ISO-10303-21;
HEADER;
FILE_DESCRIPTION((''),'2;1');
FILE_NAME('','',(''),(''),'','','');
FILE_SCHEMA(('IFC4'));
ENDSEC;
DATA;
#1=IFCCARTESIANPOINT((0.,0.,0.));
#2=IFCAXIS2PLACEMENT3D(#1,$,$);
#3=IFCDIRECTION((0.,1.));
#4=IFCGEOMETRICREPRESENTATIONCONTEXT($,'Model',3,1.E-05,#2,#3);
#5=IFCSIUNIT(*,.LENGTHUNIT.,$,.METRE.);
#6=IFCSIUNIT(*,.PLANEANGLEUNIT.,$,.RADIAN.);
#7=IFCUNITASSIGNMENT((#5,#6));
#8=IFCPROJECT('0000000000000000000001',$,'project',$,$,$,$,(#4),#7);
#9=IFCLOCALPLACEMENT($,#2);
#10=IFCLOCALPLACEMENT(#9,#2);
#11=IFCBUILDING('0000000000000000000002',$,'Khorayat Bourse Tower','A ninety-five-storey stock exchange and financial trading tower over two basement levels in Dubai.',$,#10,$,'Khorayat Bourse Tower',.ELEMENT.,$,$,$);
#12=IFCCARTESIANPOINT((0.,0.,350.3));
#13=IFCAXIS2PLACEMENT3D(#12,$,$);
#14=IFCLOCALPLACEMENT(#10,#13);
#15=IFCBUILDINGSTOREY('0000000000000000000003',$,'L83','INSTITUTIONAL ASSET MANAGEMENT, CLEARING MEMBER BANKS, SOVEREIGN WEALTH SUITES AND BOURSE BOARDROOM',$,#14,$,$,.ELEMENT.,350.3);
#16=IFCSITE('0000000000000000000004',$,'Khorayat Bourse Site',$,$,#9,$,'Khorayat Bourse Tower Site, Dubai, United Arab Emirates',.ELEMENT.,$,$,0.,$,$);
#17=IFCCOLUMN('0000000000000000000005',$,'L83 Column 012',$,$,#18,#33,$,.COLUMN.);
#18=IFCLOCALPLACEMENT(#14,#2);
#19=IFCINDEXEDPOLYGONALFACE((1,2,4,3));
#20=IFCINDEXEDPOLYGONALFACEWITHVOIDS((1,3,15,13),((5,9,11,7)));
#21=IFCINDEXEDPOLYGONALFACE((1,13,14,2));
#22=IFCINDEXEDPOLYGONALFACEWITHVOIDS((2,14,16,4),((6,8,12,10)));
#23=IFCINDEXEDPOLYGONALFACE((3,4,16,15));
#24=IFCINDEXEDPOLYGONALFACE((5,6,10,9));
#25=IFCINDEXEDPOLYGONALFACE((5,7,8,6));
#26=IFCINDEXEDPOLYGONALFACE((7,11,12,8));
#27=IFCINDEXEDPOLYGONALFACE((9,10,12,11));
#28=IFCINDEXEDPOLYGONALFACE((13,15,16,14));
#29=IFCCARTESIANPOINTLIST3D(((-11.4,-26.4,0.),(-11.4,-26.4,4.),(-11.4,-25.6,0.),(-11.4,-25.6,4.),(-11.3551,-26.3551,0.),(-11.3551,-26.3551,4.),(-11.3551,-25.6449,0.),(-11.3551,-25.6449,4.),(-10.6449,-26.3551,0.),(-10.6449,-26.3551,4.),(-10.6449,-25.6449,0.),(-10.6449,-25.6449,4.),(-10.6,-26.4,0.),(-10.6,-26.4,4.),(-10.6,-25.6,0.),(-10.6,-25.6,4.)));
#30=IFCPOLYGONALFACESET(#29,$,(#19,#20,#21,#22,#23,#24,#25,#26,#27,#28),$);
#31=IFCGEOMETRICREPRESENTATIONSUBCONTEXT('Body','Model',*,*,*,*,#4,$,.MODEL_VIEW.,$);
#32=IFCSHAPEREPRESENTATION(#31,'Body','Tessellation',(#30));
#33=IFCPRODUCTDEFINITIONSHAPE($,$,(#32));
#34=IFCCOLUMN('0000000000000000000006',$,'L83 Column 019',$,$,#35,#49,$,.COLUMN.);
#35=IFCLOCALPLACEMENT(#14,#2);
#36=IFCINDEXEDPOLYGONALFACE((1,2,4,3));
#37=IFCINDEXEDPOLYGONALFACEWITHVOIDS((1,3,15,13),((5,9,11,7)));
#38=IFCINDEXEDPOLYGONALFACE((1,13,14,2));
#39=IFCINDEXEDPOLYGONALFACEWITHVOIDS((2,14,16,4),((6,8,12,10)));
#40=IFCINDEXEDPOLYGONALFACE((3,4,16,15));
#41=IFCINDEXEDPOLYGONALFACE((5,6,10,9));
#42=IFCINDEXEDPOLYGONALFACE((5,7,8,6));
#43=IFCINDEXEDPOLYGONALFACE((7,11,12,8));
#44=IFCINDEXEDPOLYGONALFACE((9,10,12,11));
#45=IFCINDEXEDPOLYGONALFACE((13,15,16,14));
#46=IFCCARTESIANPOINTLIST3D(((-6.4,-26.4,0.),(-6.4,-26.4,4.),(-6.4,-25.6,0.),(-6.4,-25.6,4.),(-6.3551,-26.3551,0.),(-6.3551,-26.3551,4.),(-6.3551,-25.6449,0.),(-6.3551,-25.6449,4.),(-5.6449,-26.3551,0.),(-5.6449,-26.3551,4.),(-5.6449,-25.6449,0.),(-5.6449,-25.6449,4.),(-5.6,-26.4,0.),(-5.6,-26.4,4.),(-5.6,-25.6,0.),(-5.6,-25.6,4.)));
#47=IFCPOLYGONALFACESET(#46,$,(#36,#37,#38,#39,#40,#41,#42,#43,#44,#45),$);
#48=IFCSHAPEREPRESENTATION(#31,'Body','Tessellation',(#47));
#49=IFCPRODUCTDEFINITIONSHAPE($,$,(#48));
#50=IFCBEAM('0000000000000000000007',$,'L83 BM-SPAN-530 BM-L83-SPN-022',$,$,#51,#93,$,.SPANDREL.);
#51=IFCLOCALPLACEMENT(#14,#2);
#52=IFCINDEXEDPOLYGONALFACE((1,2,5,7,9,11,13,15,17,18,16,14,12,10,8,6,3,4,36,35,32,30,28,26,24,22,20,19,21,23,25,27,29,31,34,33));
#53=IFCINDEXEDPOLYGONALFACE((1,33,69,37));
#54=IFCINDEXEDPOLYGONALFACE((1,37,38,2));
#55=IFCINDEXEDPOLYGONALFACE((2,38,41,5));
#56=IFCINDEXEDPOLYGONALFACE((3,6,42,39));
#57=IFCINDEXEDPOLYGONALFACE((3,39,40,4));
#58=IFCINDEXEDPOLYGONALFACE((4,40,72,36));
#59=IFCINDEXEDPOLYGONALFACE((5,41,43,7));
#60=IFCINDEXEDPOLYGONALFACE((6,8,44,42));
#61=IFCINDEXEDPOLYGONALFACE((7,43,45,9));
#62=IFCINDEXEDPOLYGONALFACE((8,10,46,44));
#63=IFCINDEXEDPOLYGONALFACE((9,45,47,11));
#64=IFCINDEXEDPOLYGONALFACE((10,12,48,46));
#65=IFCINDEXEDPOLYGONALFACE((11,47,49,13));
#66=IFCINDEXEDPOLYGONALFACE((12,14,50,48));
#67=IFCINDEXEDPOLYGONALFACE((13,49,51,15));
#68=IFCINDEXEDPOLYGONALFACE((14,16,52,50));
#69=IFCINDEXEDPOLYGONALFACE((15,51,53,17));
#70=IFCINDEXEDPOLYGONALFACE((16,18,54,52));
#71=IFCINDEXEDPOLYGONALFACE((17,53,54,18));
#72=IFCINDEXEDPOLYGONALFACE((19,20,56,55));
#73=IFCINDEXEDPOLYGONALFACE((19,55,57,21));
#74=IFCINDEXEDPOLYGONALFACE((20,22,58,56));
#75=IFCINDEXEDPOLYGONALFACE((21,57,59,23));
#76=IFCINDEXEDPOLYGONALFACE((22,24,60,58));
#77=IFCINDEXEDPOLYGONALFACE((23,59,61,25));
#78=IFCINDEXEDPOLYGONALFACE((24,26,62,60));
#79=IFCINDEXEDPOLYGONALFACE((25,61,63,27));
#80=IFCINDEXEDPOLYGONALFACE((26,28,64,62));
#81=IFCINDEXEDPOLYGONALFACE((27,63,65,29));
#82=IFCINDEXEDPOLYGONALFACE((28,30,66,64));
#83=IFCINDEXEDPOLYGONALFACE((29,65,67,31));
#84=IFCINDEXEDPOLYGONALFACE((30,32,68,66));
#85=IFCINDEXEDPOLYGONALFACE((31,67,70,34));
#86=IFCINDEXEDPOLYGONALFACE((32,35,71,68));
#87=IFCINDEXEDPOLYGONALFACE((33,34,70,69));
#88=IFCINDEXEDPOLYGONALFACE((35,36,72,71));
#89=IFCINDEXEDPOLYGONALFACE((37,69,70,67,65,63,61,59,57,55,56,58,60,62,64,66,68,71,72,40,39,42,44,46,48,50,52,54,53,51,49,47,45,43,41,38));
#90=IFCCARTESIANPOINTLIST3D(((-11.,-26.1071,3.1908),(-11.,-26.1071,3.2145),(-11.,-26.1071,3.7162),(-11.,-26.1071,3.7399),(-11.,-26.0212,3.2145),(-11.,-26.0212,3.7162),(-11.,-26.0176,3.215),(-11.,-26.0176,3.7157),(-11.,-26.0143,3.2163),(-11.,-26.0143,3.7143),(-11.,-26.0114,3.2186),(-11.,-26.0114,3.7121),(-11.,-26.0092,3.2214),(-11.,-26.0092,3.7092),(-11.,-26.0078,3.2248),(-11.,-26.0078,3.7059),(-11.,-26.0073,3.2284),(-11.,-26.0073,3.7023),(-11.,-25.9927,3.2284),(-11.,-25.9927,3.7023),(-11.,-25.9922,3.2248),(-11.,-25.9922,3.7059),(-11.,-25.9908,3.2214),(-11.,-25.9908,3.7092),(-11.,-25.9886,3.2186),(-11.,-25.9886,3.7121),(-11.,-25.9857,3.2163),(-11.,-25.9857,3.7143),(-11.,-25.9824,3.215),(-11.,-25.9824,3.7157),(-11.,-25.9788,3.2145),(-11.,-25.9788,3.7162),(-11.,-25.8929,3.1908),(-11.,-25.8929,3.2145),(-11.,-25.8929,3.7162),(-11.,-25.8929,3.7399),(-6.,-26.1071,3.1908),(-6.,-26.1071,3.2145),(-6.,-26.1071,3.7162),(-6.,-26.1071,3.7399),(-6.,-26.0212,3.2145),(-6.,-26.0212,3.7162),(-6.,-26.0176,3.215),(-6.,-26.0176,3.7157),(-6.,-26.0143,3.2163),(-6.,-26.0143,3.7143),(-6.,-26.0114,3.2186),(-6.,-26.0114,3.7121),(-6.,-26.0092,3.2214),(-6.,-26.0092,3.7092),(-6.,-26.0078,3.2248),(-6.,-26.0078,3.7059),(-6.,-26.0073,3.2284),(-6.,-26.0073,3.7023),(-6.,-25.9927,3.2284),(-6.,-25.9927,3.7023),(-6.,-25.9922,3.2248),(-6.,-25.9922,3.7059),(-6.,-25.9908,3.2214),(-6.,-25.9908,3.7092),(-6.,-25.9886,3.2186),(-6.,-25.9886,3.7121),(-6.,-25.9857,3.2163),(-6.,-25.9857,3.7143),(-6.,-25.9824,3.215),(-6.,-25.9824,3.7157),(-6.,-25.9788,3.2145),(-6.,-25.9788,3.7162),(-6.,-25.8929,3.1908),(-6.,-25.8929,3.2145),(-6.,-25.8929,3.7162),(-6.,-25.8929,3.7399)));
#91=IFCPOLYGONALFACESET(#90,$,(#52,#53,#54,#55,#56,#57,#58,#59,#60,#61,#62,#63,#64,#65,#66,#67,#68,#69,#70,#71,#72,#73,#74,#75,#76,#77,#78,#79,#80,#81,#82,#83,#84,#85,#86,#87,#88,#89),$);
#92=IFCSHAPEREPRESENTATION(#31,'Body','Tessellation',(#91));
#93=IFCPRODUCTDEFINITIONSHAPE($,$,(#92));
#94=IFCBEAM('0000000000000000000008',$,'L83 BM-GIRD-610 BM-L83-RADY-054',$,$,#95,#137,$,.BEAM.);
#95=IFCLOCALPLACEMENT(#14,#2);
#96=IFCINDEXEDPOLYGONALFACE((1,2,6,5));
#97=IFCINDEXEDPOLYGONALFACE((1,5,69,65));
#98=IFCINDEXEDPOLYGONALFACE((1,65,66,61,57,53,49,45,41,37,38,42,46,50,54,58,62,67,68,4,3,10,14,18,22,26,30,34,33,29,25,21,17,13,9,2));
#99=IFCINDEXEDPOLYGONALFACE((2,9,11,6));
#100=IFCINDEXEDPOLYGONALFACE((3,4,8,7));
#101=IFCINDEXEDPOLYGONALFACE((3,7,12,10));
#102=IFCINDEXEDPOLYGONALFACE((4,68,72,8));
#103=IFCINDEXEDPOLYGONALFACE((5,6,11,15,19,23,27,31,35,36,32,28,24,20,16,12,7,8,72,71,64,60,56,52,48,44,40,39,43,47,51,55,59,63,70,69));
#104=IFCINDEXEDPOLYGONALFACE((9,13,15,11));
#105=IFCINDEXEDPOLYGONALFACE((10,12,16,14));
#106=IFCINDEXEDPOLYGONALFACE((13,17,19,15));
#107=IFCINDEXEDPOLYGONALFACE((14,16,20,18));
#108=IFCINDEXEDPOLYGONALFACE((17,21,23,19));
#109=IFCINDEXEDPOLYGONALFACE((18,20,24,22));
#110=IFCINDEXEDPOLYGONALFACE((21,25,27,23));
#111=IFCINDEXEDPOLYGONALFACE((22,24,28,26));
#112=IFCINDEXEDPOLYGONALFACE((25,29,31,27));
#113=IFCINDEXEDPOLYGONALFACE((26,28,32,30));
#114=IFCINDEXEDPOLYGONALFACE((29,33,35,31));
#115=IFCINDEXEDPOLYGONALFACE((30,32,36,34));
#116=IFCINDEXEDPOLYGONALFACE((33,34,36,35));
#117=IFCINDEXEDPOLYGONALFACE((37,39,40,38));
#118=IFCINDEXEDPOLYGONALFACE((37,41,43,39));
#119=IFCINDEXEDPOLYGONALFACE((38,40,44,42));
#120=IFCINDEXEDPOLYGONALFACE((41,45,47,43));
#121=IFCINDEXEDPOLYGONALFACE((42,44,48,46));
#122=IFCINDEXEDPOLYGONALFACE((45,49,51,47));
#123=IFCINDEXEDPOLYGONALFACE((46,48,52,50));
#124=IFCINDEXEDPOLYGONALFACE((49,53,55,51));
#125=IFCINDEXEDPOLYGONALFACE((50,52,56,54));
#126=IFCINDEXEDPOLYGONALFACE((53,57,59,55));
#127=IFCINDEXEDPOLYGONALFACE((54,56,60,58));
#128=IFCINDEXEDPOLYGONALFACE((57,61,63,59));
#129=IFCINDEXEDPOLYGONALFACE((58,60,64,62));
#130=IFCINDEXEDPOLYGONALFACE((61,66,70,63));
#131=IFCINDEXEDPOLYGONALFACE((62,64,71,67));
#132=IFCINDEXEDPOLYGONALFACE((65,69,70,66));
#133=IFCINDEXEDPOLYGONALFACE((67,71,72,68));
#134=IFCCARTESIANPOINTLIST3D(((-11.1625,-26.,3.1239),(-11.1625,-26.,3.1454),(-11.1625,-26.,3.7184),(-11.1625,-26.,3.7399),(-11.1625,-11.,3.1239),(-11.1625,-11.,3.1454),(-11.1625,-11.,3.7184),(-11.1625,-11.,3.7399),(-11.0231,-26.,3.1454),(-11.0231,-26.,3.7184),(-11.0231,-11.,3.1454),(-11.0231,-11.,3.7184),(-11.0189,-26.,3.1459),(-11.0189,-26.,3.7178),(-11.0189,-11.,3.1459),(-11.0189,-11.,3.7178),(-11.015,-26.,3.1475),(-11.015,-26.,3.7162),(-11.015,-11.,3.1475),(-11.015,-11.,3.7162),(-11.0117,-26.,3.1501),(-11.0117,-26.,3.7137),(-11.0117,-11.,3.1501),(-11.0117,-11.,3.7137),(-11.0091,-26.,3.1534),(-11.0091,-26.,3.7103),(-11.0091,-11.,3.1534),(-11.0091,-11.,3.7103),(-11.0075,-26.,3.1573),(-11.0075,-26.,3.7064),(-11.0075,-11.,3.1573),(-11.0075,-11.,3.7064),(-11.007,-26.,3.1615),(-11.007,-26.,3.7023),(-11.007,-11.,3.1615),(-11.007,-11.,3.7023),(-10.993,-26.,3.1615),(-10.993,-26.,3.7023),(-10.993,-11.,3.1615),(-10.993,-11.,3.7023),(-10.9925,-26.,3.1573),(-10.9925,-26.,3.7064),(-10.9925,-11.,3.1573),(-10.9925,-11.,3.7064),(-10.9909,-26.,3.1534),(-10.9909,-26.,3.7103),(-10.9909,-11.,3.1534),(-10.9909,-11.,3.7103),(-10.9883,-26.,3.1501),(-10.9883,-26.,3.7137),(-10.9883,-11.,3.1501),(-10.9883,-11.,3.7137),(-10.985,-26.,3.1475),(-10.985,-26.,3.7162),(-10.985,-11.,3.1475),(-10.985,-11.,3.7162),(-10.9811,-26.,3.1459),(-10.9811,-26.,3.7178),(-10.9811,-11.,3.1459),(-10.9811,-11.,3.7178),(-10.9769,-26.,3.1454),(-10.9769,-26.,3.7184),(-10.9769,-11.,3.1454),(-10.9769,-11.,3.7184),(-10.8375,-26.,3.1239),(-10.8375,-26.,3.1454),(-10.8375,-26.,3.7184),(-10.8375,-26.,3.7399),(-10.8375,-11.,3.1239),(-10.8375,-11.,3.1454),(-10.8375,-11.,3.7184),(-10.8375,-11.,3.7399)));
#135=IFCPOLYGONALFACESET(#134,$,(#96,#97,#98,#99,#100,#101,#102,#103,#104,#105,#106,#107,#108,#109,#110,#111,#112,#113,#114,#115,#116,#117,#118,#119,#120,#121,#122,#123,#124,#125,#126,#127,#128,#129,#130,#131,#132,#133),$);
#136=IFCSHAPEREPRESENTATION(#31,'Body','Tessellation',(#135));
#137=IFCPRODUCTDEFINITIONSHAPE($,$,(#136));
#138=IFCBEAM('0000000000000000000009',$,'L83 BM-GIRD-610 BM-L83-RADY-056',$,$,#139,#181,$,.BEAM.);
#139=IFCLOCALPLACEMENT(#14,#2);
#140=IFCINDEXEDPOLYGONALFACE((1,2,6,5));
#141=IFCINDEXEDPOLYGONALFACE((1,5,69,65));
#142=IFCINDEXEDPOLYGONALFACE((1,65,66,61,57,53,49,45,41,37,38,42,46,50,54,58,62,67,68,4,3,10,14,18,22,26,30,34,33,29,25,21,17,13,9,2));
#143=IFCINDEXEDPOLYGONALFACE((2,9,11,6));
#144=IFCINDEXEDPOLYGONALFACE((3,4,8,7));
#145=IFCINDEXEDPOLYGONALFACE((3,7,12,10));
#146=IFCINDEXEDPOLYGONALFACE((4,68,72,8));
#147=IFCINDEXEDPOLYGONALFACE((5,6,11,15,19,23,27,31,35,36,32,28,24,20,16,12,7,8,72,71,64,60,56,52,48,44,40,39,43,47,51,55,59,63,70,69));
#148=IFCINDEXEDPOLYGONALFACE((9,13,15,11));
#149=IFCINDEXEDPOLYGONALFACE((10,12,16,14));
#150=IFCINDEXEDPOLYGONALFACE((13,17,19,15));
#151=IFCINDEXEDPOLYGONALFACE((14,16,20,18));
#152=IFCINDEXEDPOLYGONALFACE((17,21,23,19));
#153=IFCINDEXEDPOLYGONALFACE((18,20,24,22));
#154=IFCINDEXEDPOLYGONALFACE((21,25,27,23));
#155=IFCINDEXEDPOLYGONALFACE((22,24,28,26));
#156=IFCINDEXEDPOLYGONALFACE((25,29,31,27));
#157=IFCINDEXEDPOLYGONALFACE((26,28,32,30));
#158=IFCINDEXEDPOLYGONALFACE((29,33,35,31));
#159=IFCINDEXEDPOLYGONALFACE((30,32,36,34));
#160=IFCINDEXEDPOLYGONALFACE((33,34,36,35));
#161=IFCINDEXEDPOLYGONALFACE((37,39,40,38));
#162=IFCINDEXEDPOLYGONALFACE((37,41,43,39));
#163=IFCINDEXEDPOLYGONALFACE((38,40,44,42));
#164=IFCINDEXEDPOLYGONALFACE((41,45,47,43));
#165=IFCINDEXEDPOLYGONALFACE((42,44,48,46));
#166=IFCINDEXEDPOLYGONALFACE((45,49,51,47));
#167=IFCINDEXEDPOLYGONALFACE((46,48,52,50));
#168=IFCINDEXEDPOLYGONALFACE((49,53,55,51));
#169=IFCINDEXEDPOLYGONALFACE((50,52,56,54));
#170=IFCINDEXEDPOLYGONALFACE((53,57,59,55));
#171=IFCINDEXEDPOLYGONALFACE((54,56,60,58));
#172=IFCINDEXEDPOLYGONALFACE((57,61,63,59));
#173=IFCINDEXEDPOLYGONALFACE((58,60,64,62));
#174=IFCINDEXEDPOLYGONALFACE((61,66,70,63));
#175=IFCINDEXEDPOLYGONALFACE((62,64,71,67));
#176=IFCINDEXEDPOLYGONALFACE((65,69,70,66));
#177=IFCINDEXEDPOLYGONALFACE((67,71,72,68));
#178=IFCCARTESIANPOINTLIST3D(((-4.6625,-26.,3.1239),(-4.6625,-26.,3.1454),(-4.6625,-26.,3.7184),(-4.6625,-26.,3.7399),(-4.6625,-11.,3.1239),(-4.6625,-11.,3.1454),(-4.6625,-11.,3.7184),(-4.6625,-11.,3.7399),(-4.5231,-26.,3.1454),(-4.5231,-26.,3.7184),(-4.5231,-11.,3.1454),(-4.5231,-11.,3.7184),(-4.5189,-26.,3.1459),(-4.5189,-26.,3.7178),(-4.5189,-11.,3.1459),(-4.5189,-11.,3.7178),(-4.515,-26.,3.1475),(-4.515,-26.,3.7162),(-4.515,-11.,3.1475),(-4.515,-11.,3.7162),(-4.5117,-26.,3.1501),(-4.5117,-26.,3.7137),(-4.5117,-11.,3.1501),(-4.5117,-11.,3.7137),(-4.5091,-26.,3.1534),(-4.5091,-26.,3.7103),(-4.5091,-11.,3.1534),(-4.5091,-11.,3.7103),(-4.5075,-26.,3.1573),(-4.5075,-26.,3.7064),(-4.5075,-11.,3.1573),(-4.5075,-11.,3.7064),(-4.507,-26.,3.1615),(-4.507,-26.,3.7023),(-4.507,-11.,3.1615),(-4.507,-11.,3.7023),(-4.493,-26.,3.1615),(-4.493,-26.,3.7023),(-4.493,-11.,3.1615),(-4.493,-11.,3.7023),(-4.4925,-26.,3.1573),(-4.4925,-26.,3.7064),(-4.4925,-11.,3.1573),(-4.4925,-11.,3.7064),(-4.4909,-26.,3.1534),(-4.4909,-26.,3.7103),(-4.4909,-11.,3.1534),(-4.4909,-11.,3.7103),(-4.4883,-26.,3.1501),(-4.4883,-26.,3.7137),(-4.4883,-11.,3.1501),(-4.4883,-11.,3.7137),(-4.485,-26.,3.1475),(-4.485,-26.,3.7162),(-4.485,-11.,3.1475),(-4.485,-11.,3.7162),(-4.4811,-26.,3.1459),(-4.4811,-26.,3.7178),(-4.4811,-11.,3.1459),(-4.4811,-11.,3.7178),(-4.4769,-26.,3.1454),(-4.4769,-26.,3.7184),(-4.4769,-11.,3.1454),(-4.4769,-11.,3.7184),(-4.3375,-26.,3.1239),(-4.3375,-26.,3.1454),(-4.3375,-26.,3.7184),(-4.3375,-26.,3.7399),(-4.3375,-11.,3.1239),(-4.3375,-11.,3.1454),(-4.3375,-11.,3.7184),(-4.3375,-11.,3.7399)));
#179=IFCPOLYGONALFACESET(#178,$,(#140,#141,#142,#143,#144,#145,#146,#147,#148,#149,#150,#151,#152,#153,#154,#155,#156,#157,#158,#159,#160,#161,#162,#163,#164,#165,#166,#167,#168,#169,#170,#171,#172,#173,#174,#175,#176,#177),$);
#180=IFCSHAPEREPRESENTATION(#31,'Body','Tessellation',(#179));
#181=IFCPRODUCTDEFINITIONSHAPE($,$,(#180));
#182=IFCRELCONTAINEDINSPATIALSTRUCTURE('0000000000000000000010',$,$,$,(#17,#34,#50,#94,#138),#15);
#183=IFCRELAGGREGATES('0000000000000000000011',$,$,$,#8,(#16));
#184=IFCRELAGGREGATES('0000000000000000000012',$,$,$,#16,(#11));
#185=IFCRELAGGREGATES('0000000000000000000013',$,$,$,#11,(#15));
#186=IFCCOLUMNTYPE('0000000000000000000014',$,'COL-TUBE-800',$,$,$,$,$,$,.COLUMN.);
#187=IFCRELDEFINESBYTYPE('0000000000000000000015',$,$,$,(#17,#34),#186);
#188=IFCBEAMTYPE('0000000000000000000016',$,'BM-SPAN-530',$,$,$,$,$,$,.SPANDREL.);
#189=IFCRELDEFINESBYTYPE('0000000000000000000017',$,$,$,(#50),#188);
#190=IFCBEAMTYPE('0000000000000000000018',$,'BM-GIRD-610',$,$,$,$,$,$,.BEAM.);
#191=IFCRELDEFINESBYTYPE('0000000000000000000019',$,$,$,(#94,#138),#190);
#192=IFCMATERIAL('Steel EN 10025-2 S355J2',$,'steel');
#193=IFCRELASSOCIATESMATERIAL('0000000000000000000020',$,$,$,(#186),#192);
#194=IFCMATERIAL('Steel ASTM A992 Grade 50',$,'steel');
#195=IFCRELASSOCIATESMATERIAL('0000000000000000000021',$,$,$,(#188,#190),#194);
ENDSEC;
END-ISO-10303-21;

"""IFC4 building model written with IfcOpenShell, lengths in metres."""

from ifc_helpers import new_model, si_unit, direction, frame, origin, origin_2d, place, context, subcontext, project, spatial, hollow_rectangle, i_section, extrude, source, transform, mapped, material, material_profile, profile_set, type_object, element, save


model = new_model("IFC4")

# Units and contexts
model_context = context("Model", 3, precision=1e-05, world=origin(), true_north=direction((0.0, 1.0)))
body_context = subcontext(model_context, "Body", "Model", "MODEL_VIEW")
ifc_project = project(units=[si_unit("LENGTHUNIT", "METRE"), si_unit("PLANEANGLEUNIT", "RADIAN")], contexts=[model_context])

# Site, building, storey
site_placement = place(None, origin())
site = spatial("IfcSite", under=ifc_project, at=site_placement, Name="Khorayat Bourse Site", LongName="Khorayat Bourse Tower Site, Dubai, United Arab Emirates", CompositionType="ELEMENT", RefElevation=0.0)
building_placement = place(site_placement, origin())
building = spatial("IfcBuilding", under=site, at=building_placement, Name="Khorayat Bourse Tower", Description="A ninety-five-storey stock exchange and financial trading tower over two basement levels in Dubai.", LongName="Khorayat Bourse Tower", CompositionType="ELEMENT")
storey_placement = place(building_placement, frame((0.0, 0.0, 350.3)))
storey = spatial("IfcBuildingStorey", under=building, at=storey_placement, Name="L83", Description="INSTITUTIONAL ASSET MANAGEMENT, CLEARING MEMBER BANKS, SOVEREIGN WEALTH SUITES AND BOURSE BOARDROOM", CompositionType="ELEMENT", Elevation=350.3)

# Columns
ifc_material_1 = material(Name="Steel EN 10025-2 S355J2", Category="steel")
ifc_material_profile_1 = material_profile(ifc_material_1, hollow_rectangle(XDim=0.8, YDim=0.8, WallThickness=0.0449, at=origin_2d()), Name="BOX 800x800x45")
ifc_profile_set_1 = profile_set([ifc_material_profile_1], Name="Steel EN 10025-2 S355J2")
column_type = type_object("IfcColumnType", Name="COL-TUBE-800", PredefinedType="COLUMN", material=ifc_profile_set_1)
shared_shape_1 = source(origin(), body_context, "Body", "SweptSolid", [
    extrude(hollow_rectangle(XDim=0.8, YDim=0.8, WallThickness=0.0449, at=origin_2d()), origin(), (0.0, 0.0, 1.0), 4.0),
])
for number, where, z_axis, x_axis, name in (
    (1, (-11.0, -26.0, 0.0), (0.0, 0.0, 1.0), (1.0, 0.0, 0.0), "L83 Column 012"),
    (2, (-6.0, -26.0, 0.0), (0.0, 0.0, 1.0), (1.0, 0.0, 0.0), "L83 Column 019"),
):
    element("IfcColumn", number, at=place(storey_placement, frame(where, z_axis=z_axis, x_axis=x_axis)), inside=storey, type_object=column_type, Name=name, PredefinedType="COLUMN", context=body_context, shape_type="MappedRepresentation", body=[
        mapped(shared_shape_1, transform((0.0, 0.0, 0.0), scale=1.0)),
    ])

# Beams
ifc_material_2 = material(Name="Steel ASTM A992 Grade 50", Category="steel")
ifc_material_profile_2 = material_profile(ifc_material_2, i_section(OverallWidth=0.2141, OverallDepth=0.5491, WebThickness=0.0146, FlangeThickness=0.0237, FilletRadius=0.0139, at=origin_2d()), Name="W530X138")
ifc_profile_set_2 = profile_set([ifc_material_profile_2], Name="Steel ASTM A992 Grade 50")
beam_type_1 = type_object("IfcBeamType", Name="BM-SPAN-530", PredefinedType="SPANDREL", material=ifc_profile_set_2)
shared_shape_2 = source(origin(), body_context, "Body", "SweptSolid", [
    extrude(i_section(OverallWidth=0.2141, OverallDepth=0.5491, WebThickness=0.0146, FlangeThickness=0.0237, FilletRadius=0.0139, at=origin_2d()), origin(), (0.0, 0.0, 1.0), 5.0),
])
beam_1_placement = place(storey_placement, frame((-11.0, -26.0, 3.4653), z_axis=(1.0, 0.0, 0.0), x_axis=(0.0, 1.0, 0.0)))
element("IfcBeam", 3, at=beam_1_placement, inside=storey, type_object=beam_type_1, Name="L83 BM-SPAN-530 BM-L83-SPN-022", PredefinedType="SPANDREL", context=body_context, shape_type="MappedRepresentation", body=[
    mapped(shared_shape_2, transform((0.0, 0.0, 0.0), scale=1.0)),
])
ifc_material_profile_3 = material_profile(ifc_material_2, i_section(OverallWidth=0.325, OverallDepth=0.616, WebThickness=0.0139, FlangeThickness=0.0215, FilletRadius=0.0161, at=origin_2d()), Name="W610X174")
ifc_profile_set_3 = profile_set([ifc_material_profile_3], Name="Steel ASTM A992 Grade 50")
beam_type_2 = type_object("IfcBeamType", Name="BM-GIRD-610", PredefinedType="BEAM", material=ifc_profile_set_3)
shared_shape_3 = source(origin(), body_context, "Body", "SweptSolid", [
    extrude(i_section(OverallWidth=0.325, OverallDepth=0.616, WebThickness=0.0139, FlangeThickness=0.0215, FilletRadius=0.0161, at=origin_2d()), origin(), (0.0, 0.0, 1.0), 15.0),
])
for number, where, z_axis, x_axis, name in (
    (4, (-11.0, -26.0, 3.4319), (0.0, 1.0, 0.0), (-1.0, 0.0, 0.0), "L83 BM-GIRD-610 BM-L83-RADY-054"),
    (5, (-4.5, -26.0, 3.4319), (0.0, 1.0, 0.0), (-1.0, 0.0, 0.0), "L83 BM-GIRD-610 BM-L83-RADY-056"),
):
    element("IfcBeam", number, at=place(storey_placement, frame(where, z_axis=z_axis, x_axis=x_axis)), inside=storey, type_object=beam_type_2, Name=name, PredefinedType="BEAM", context=body_context, shape_type="MappedRepresentation", body=[
        mapped(shared_shape_3, transform((0.0, 0.0, 0.0), scale=1.0)),
    ])

save(model, "model.ifc")
